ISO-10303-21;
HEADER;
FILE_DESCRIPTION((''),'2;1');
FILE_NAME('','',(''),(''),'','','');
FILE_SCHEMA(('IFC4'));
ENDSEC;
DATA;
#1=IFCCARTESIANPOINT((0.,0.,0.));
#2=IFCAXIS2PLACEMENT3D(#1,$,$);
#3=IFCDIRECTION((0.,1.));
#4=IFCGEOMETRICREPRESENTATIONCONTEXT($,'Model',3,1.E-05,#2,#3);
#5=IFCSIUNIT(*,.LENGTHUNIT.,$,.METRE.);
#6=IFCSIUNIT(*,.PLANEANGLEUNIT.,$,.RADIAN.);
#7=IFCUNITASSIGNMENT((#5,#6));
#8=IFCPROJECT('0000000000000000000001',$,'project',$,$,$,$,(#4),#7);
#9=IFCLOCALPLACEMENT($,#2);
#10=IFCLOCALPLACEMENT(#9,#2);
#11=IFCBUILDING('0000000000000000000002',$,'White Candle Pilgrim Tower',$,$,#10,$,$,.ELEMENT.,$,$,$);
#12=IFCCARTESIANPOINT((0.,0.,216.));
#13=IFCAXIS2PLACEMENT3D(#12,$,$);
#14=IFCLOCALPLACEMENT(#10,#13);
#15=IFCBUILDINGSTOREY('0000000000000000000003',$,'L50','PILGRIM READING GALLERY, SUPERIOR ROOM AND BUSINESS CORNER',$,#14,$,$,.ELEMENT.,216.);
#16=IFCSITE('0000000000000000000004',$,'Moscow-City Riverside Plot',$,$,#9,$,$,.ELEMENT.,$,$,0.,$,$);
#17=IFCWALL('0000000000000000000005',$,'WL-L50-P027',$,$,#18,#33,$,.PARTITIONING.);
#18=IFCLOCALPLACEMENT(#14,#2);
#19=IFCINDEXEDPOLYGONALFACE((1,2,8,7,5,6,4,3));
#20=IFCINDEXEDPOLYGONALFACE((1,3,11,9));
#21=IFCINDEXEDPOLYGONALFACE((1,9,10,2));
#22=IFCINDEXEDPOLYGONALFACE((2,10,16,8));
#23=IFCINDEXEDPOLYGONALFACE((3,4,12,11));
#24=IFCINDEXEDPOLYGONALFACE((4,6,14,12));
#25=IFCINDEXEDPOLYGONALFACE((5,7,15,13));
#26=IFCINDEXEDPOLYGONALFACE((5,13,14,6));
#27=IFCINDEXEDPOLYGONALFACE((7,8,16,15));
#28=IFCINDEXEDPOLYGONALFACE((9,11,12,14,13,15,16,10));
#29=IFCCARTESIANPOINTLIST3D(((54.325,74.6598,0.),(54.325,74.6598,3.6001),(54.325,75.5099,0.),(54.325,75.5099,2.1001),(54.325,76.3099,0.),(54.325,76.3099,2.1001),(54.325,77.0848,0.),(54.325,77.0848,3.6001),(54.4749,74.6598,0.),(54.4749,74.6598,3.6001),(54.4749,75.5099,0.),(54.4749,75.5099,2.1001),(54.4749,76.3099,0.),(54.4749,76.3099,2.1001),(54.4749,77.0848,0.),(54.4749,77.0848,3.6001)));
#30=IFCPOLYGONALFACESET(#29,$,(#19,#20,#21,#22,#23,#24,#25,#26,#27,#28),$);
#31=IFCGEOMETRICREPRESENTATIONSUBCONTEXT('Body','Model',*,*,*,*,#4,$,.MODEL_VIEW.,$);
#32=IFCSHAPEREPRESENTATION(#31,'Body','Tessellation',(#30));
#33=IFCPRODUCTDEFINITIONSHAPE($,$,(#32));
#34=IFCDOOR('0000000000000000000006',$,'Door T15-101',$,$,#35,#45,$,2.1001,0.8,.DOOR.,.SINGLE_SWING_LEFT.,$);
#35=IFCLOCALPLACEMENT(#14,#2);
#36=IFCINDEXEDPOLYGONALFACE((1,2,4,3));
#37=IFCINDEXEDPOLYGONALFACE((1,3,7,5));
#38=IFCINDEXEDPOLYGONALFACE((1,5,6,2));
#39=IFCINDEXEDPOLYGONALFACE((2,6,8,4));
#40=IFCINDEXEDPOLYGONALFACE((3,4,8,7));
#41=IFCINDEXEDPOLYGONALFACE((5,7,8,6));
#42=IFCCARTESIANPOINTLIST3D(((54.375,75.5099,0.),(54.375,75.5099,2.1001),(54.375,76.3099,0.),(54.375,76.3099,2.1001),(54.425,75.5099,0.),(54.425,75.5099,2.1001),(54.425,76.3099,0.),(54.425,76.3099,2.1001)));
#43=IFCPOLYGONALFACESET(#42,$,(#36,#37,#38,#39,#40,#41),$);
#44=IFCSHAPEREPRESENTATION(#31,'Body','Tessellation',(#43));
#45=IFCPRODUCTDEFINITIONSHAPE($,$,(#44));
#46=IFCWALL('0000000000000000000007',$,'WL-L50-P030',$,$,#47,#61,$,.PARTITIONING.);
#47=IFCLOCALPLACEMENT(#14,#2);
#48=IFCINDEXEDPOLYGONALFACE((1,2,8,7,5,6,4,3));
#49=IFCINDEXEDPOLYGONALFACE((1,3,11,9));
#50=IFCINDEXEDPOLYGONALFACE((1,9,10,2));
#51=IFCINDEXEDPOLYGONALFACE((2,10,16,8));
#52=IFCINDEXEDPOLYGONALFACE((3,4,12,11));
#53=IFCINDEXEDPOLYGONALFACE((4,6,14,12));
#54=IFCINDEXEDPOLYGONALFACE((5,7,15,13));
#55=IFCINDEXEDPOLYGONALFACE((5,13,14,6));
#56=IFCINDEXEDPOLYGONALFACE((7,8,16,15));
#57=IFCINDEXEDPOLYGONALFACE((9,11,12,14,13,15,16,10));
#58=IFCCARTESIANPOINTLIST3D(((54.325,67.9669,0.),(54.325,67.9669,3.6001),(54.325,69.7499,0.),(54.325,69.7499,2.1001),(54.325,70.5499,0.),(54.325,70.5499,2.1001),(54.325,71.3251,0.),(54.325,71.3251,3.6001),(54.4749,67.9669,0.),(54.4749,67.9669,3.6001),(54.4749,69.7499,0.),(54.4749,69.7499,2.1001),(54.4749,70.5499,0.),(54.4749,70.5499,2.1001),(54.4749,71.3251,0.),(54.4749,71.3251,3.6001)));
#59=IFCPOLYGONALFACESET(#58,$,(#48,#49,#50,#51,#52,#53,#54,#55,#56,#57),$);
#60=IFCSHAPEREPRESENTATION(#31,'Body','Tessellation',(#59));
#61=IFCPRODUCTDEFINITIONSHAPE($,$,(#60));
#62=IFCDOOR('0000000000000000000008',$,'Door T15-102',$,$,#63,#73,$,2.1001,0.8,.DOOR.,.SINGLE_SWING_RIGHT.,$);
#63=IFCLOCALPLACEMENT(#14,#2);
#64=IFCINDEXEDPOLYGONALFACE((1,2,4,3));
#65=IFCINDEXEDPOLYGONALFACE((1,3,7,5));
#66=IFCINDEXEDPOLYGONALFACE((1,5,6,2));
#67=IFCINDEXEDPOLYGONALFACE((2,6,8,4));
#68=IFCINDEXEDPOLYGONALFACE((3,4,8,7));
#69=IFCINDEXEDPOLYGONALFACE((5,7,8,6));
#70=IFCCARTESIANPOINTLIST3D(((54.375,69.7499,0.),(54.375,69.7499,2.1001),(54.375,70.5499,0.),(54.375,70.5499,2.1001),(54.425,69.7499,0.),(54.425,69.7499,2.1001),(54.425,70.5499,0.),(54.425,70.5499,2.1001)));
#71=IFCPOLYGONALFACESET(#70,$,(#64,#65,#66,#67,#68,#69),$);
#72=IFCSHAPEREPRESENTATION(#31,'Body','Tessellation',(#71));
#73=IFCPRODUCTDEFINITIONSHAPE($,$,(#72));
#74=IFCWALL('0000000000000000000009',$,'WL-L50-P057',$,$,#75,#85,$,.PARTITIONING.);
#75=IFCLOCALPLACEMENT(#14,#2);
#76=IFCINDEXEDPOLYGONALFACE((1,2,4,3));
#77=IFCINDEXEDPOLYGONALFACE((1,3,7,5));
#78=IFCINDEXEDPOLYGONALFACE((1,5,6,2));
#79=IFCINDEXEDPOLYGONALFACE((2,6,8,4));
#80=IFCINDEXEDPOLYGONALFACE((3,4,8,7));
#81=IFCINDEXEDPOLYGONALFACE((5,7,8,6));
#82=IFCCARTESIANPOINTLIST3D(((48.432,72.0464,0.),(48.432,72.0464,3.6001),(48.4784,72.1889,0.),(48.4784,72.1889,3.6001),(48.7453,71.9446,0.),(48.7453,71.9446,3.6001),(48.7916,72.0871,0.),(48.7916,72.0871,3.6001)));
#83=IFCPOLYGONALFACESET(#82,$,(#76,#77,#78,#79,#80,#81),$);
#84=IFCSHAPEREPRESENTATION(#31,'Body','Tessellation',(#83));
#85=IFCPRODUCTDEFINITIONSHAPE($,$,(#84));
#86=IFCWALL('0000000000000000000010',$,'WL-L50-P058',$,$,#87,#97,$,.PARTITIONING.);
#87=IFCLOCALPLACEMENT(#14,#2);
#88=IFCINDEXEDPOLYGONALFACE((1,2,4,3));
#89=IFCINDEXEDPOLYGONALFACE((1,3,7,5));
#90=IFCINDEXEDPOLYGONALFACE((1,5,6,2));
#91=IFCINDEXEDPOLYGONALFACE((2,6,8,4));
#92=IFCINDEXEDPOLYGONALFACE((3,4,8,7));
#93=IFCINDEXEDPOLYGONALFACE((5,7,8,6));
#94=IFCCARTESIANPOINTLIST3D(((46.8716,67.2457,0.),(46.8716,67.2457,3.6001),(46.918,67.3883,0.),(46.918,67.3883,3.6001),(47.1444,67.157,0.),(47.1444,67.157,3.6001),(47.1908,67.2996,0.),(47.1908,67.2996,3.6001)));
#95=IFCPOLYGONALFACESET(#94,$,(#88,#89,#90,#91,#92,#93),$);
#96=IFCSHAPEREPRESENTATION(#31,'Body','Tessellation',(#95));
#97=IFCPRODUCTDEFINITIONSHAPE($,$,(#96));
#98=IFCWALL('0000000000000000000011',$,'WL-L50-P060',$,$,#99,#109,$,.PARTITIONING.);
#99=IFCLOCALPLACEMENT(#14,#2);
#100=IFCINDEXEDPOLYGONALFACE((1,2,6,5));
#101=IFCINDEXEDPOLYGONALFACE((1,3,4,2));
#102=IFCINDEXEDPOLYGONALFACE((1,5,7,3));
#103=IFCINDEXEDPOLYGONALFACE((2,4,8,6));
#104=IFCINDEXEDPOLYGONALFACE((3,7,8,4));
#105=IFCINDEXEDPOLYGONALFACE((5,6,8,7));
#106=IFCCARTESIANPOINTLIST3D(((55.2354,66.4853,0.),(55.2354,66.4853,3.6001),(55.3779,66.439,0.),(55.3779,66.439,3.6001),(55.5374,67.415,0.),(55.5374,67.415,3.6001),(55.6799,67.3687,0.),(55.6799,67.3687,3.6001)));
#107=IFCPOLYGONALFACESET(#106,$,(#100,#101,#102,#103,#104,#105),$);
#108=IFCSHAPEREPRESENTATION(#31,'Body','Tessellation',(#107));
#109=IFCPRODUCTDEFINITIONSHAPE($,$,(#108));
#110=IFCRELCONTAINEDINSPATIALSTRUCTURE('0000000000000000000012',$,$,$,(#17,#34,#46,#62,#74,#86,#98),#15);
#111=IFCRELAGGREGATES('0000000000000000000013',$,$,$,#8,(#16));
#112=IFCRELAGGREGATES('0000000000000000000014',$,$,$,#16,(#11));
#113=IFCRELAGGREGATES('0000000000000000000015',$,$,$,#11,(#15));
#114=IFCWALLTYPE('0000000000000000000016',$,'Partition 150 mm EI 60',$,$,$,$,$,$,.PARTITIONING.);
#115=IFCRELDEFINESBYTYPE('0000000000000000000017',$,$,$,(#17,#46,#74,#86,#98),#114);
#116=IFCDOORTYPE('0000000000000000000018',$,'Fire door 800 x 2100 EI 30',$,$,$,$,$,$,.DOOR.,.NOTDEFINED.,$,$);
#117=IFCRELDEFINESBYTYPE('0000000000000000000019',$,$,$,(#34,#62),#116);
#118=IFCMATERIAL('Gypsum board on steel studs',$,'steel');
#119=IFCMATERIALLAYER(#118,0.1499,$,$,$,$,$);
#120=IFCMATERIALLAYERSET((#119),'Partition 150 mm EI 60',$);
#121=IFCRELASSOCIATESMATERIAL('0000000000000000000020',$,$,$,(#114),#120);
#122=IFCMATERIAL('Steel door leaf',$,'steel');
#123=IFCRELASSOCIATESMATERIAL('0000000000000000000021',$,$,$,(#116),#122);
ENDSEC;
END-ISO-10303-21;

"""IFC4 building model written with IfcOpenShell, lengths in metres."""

from ifc_helpers import new_model, si_unit, direction, frame, frame_2d, origin, place, context, subcontext, project, spatial, rectangle, extrude, material, layer, layer_set, type_object, element, fill, save


model = new_model("IFC4")

# Units and contexts
model_context = context("Model", 3, precision=1e-05, world=origin(), true_north=direction((0.0, 1.0)))
body_context = subcontext(model_context, "Body", "Model", "MODEL_VIEW")
ifc_project = project(units=[si_unit("LENGTHUNIT", "METRE"), si_unit("PLANEANGLEUNIT", "RADIAN")], contexts=[model_context])

# Site, building, storey
site_placement = place(None, origin())
site = spatial("IfcSite", under=ifc_project, at=site_placement, Name="Moscow-City Riverside Plot", CompositionType="ELEMENT", RefElevation=0.0)
building_placement = place(site_placement, origin())
building = spatial("IfcBuilding", under=site, at=building_placement, Name="White Candle Pilgrim Tower", CompositionType="ELEMENT")
storey_placement = place(building_placement, frame((0.0, 0.0, 216.0)))
storey = spatial("IfcBuildingStorey", under=building, at=storey_placement, Name="L50", Description="PILGRIM READING GALLERY, SUPERIOR ROOM AND BUSINESS CORNER", CompositionType="ELEMENT", Elevation=216.0)

# Shared definitions
ifc_material_1 = material(Name="Steel door leaf", Category="steel")

# Shared definitions
ifc_material_2 = material(Name="Gypsum board on steel studs", Category="steel")
ifc_layer_1 = layer(ifc_material_2, 0.1499)
ifc_layer_set_1 = layer_set([ifc_layer_1], Name="Partition 150 mm EI 60")
wall_type_1 = type_object("IfcWallType", Name="Partition 150 mm EI 60", PredefinedType="PARTITIONING", material=ifc_layer_set_1)

# Walls, openings, doors
wall_1_placement = place(storey_placement, frame((54.3999, 74.6599, 0.0), z_axis=(0.0, 0.0, 1.0), x_axis=(0.0, 1.0, 0.0)))
wall_1 = element("IfcWall", 1, at=wall_1_placement, inside=storey, type_object=wall_type_1, Name="WL-L50-P027", PredefinedType="PARTITIONING", context=body_context, shape_type="SweptSolid", body=[
    extrude(rectangle(XDim=2.425, YDim=0.1499, at=frame_2d((1.2124, 0.0))), origin(), (0.0, 0.0, 1.0), 3.6001),
])
opening_1_placement = place(wall_1_placement, frame((0.8501, 0.0, 0.0)))
opening_1 = element("IfcOpeningElement", 2, at=opening_1_placement, cuts=wall_1, PredefinedType="OPENING", context=body_context, shape_type="SweptSolid", body=[
    extrude(rectangle(XDim=0.8, YDim=2.1001, at=frame_2d((0.3999, 1.05))), frame((0.0, 0.085, 0.0), z_axis=(0.0, -1.0, 0.0), x_axis=(1.0, 0.0, 0.0)), (0.0, 0.0, 1.0), 0.1699),
])
door_type_1 = type_object("IfcDoorType", Name="Fire door 800 x 2100 EI 30", OperationType="NOTDEFINED", PredefinedType="DOOR", material=ifc_material_1)
door_1_placement = place(opening_1_placement, origin())
door_1 = element("IfcDoor", 3, at=door_1_placement, inside=storey, type_object=door_type_1, Name="Door T15-101", OperationType="SINGLE_SWING_LEFT", OverallHeight=2.1001, OverallWidth=0.8, PredefinedType="DOOR", context=body_context, shape_type="SweptSolid", body=[
    extrude(rectangle(XDim=0.8, YDim=2.1001, at=frame_2d((0.3999, 1.05))), frame((0.0, 0.0249, 0.0), z_axis=(0.0, -1.0, 0.0), x_axis=(1.0, 0.0, 0.0)), (0.0, 0.0, 1.0), 0.05),
])
fill(opening_1, door_1)
wall_2_placement = place(storey_placement, frame((54.3999, 67.9668, 0.0), z_axis=(0.0, 0.0, 1.0), x_axis=(0.0, 1.0, 0.0)))
wall_2 = element("IfcWall", 4, at=wall_2_placement, inside=storey, type_object=wall_type_1, Name="WL-L50-P030", PredefinedType="PARTITIONING", context=body_context, shape_type="SweptSolid", body=[
    extrude(rectangle(XDim=3.3582, YDim=0.1499, at=frame_2d((1.6792, 0.0))), origin(), (0.0, 0.0, 1.0), 3.6001),
])
opening_2_placement = place(wall_2_placement, frame((1.7832, 0.0, 0.0)))
opening_2 = element("IfcOpeningElement", 5, at=opening_2_placement, cuts=wall_2, PredefinedType="OPENING", context=body_context, shape_type="SweptSolid", body=[
    extrude(rectangle(XDim=0.8, YDim=2.1001, at=frame_2d((0.3999, 1.05))), frame((0.0, 0.085, 0.0), z_axis=(0.0, -1.0, 0.0), x_axis=(1.0, 0.0, 0.0)), (0.0, 0.0, 1.0), 0.1699),
])
door_2_placement = place(opening_2_placement, origin())
door_2 = element("IfcDoor", 6, at=door_2_placement, inside=storey, type_object=door_type_1, Name="Door T15-102", OperationType="SINGLE_SWING_RIGHT", OverallHeight=2.1001, OverallWidth=0.8, PredefinedType="DOOR", context=body_context, shape_type="SweptSolid", body=[
    extrude(rectangle(XDim=0.8, YDim=2.1001, at=frame_2d((0.3999, 1.05))), frame((0.0, 0.0249, 0.0), z_axis=(0.0, -1.0, 0.0), x_axis=(1.0, 0.0, 0.0)), (0.0, 0.0, 1.0), 0.05),
])
fill(opening_2, door_2)

# Walls
wall_3_placement = place(storey_placement, frame((48.7683, 72.0159, 0.0), z_axis=(0.0, 0.0, 1.0), x_axis=(-0.951029, 0.309103, 0.0)))
element("IfcWall", 7, at=wall_3_placement, inside=storey, type_object=wall_type_1, Name="WL-L50-P057", PredefinedType="PARTITIONING", context=body_context, shape_type="SweptSolid", body=[
    extrude(rectangle(XDim=0.3293, YDim=0.1499, at=frame_2d((0.1646, 0.0))), origin(), (0.0, 0.0, 1.0), 3.6001),
])
wall_4_placement = place(storey_placement, frame((47.1677, 67.2283, 0.0), z_axis=(0.0, 0.0, 1.0), x_axis=(-0.95104, 0.309067, 0.0)))
element("IfcWall", 8, at=wall_4_placement, inside=storey, type_object=wall_type_1, Name="WL-L50-P058", PredefinedType="PARTITIONING", context=body_context, shape_type="SweptSolid", body=[
    extrude(rectangle(XDim=0.2869, YDim=0.1499, at=frame_2d((0.1436, 0.0))), origin(), (0.0, 0.0, 1.0), 3.6001),
])
wall_5_placement = place(storey_placement, frame((55.3066, 66.4622, 0.0), z_axis=(0.0, 0.0, 1.0), x_axis=(0.308951, 0.951078, 0.0)))
element("IfcWall", 9, at=wall_5_placement, inside=storey, type_object=wall_type_1, Name="WL-L50-P060", PredefinedType="PARTITIONING", context=body_context, shape_type="SweptSolid", body=[
    extrude(rectangle(XDim=0.9775, YDim=0.1499, at=frame_2d((0.4888, 0.0))), origin(), (0.0, 0.0, 1.0), 3.6001),
])

save(model, "model.ifc")
